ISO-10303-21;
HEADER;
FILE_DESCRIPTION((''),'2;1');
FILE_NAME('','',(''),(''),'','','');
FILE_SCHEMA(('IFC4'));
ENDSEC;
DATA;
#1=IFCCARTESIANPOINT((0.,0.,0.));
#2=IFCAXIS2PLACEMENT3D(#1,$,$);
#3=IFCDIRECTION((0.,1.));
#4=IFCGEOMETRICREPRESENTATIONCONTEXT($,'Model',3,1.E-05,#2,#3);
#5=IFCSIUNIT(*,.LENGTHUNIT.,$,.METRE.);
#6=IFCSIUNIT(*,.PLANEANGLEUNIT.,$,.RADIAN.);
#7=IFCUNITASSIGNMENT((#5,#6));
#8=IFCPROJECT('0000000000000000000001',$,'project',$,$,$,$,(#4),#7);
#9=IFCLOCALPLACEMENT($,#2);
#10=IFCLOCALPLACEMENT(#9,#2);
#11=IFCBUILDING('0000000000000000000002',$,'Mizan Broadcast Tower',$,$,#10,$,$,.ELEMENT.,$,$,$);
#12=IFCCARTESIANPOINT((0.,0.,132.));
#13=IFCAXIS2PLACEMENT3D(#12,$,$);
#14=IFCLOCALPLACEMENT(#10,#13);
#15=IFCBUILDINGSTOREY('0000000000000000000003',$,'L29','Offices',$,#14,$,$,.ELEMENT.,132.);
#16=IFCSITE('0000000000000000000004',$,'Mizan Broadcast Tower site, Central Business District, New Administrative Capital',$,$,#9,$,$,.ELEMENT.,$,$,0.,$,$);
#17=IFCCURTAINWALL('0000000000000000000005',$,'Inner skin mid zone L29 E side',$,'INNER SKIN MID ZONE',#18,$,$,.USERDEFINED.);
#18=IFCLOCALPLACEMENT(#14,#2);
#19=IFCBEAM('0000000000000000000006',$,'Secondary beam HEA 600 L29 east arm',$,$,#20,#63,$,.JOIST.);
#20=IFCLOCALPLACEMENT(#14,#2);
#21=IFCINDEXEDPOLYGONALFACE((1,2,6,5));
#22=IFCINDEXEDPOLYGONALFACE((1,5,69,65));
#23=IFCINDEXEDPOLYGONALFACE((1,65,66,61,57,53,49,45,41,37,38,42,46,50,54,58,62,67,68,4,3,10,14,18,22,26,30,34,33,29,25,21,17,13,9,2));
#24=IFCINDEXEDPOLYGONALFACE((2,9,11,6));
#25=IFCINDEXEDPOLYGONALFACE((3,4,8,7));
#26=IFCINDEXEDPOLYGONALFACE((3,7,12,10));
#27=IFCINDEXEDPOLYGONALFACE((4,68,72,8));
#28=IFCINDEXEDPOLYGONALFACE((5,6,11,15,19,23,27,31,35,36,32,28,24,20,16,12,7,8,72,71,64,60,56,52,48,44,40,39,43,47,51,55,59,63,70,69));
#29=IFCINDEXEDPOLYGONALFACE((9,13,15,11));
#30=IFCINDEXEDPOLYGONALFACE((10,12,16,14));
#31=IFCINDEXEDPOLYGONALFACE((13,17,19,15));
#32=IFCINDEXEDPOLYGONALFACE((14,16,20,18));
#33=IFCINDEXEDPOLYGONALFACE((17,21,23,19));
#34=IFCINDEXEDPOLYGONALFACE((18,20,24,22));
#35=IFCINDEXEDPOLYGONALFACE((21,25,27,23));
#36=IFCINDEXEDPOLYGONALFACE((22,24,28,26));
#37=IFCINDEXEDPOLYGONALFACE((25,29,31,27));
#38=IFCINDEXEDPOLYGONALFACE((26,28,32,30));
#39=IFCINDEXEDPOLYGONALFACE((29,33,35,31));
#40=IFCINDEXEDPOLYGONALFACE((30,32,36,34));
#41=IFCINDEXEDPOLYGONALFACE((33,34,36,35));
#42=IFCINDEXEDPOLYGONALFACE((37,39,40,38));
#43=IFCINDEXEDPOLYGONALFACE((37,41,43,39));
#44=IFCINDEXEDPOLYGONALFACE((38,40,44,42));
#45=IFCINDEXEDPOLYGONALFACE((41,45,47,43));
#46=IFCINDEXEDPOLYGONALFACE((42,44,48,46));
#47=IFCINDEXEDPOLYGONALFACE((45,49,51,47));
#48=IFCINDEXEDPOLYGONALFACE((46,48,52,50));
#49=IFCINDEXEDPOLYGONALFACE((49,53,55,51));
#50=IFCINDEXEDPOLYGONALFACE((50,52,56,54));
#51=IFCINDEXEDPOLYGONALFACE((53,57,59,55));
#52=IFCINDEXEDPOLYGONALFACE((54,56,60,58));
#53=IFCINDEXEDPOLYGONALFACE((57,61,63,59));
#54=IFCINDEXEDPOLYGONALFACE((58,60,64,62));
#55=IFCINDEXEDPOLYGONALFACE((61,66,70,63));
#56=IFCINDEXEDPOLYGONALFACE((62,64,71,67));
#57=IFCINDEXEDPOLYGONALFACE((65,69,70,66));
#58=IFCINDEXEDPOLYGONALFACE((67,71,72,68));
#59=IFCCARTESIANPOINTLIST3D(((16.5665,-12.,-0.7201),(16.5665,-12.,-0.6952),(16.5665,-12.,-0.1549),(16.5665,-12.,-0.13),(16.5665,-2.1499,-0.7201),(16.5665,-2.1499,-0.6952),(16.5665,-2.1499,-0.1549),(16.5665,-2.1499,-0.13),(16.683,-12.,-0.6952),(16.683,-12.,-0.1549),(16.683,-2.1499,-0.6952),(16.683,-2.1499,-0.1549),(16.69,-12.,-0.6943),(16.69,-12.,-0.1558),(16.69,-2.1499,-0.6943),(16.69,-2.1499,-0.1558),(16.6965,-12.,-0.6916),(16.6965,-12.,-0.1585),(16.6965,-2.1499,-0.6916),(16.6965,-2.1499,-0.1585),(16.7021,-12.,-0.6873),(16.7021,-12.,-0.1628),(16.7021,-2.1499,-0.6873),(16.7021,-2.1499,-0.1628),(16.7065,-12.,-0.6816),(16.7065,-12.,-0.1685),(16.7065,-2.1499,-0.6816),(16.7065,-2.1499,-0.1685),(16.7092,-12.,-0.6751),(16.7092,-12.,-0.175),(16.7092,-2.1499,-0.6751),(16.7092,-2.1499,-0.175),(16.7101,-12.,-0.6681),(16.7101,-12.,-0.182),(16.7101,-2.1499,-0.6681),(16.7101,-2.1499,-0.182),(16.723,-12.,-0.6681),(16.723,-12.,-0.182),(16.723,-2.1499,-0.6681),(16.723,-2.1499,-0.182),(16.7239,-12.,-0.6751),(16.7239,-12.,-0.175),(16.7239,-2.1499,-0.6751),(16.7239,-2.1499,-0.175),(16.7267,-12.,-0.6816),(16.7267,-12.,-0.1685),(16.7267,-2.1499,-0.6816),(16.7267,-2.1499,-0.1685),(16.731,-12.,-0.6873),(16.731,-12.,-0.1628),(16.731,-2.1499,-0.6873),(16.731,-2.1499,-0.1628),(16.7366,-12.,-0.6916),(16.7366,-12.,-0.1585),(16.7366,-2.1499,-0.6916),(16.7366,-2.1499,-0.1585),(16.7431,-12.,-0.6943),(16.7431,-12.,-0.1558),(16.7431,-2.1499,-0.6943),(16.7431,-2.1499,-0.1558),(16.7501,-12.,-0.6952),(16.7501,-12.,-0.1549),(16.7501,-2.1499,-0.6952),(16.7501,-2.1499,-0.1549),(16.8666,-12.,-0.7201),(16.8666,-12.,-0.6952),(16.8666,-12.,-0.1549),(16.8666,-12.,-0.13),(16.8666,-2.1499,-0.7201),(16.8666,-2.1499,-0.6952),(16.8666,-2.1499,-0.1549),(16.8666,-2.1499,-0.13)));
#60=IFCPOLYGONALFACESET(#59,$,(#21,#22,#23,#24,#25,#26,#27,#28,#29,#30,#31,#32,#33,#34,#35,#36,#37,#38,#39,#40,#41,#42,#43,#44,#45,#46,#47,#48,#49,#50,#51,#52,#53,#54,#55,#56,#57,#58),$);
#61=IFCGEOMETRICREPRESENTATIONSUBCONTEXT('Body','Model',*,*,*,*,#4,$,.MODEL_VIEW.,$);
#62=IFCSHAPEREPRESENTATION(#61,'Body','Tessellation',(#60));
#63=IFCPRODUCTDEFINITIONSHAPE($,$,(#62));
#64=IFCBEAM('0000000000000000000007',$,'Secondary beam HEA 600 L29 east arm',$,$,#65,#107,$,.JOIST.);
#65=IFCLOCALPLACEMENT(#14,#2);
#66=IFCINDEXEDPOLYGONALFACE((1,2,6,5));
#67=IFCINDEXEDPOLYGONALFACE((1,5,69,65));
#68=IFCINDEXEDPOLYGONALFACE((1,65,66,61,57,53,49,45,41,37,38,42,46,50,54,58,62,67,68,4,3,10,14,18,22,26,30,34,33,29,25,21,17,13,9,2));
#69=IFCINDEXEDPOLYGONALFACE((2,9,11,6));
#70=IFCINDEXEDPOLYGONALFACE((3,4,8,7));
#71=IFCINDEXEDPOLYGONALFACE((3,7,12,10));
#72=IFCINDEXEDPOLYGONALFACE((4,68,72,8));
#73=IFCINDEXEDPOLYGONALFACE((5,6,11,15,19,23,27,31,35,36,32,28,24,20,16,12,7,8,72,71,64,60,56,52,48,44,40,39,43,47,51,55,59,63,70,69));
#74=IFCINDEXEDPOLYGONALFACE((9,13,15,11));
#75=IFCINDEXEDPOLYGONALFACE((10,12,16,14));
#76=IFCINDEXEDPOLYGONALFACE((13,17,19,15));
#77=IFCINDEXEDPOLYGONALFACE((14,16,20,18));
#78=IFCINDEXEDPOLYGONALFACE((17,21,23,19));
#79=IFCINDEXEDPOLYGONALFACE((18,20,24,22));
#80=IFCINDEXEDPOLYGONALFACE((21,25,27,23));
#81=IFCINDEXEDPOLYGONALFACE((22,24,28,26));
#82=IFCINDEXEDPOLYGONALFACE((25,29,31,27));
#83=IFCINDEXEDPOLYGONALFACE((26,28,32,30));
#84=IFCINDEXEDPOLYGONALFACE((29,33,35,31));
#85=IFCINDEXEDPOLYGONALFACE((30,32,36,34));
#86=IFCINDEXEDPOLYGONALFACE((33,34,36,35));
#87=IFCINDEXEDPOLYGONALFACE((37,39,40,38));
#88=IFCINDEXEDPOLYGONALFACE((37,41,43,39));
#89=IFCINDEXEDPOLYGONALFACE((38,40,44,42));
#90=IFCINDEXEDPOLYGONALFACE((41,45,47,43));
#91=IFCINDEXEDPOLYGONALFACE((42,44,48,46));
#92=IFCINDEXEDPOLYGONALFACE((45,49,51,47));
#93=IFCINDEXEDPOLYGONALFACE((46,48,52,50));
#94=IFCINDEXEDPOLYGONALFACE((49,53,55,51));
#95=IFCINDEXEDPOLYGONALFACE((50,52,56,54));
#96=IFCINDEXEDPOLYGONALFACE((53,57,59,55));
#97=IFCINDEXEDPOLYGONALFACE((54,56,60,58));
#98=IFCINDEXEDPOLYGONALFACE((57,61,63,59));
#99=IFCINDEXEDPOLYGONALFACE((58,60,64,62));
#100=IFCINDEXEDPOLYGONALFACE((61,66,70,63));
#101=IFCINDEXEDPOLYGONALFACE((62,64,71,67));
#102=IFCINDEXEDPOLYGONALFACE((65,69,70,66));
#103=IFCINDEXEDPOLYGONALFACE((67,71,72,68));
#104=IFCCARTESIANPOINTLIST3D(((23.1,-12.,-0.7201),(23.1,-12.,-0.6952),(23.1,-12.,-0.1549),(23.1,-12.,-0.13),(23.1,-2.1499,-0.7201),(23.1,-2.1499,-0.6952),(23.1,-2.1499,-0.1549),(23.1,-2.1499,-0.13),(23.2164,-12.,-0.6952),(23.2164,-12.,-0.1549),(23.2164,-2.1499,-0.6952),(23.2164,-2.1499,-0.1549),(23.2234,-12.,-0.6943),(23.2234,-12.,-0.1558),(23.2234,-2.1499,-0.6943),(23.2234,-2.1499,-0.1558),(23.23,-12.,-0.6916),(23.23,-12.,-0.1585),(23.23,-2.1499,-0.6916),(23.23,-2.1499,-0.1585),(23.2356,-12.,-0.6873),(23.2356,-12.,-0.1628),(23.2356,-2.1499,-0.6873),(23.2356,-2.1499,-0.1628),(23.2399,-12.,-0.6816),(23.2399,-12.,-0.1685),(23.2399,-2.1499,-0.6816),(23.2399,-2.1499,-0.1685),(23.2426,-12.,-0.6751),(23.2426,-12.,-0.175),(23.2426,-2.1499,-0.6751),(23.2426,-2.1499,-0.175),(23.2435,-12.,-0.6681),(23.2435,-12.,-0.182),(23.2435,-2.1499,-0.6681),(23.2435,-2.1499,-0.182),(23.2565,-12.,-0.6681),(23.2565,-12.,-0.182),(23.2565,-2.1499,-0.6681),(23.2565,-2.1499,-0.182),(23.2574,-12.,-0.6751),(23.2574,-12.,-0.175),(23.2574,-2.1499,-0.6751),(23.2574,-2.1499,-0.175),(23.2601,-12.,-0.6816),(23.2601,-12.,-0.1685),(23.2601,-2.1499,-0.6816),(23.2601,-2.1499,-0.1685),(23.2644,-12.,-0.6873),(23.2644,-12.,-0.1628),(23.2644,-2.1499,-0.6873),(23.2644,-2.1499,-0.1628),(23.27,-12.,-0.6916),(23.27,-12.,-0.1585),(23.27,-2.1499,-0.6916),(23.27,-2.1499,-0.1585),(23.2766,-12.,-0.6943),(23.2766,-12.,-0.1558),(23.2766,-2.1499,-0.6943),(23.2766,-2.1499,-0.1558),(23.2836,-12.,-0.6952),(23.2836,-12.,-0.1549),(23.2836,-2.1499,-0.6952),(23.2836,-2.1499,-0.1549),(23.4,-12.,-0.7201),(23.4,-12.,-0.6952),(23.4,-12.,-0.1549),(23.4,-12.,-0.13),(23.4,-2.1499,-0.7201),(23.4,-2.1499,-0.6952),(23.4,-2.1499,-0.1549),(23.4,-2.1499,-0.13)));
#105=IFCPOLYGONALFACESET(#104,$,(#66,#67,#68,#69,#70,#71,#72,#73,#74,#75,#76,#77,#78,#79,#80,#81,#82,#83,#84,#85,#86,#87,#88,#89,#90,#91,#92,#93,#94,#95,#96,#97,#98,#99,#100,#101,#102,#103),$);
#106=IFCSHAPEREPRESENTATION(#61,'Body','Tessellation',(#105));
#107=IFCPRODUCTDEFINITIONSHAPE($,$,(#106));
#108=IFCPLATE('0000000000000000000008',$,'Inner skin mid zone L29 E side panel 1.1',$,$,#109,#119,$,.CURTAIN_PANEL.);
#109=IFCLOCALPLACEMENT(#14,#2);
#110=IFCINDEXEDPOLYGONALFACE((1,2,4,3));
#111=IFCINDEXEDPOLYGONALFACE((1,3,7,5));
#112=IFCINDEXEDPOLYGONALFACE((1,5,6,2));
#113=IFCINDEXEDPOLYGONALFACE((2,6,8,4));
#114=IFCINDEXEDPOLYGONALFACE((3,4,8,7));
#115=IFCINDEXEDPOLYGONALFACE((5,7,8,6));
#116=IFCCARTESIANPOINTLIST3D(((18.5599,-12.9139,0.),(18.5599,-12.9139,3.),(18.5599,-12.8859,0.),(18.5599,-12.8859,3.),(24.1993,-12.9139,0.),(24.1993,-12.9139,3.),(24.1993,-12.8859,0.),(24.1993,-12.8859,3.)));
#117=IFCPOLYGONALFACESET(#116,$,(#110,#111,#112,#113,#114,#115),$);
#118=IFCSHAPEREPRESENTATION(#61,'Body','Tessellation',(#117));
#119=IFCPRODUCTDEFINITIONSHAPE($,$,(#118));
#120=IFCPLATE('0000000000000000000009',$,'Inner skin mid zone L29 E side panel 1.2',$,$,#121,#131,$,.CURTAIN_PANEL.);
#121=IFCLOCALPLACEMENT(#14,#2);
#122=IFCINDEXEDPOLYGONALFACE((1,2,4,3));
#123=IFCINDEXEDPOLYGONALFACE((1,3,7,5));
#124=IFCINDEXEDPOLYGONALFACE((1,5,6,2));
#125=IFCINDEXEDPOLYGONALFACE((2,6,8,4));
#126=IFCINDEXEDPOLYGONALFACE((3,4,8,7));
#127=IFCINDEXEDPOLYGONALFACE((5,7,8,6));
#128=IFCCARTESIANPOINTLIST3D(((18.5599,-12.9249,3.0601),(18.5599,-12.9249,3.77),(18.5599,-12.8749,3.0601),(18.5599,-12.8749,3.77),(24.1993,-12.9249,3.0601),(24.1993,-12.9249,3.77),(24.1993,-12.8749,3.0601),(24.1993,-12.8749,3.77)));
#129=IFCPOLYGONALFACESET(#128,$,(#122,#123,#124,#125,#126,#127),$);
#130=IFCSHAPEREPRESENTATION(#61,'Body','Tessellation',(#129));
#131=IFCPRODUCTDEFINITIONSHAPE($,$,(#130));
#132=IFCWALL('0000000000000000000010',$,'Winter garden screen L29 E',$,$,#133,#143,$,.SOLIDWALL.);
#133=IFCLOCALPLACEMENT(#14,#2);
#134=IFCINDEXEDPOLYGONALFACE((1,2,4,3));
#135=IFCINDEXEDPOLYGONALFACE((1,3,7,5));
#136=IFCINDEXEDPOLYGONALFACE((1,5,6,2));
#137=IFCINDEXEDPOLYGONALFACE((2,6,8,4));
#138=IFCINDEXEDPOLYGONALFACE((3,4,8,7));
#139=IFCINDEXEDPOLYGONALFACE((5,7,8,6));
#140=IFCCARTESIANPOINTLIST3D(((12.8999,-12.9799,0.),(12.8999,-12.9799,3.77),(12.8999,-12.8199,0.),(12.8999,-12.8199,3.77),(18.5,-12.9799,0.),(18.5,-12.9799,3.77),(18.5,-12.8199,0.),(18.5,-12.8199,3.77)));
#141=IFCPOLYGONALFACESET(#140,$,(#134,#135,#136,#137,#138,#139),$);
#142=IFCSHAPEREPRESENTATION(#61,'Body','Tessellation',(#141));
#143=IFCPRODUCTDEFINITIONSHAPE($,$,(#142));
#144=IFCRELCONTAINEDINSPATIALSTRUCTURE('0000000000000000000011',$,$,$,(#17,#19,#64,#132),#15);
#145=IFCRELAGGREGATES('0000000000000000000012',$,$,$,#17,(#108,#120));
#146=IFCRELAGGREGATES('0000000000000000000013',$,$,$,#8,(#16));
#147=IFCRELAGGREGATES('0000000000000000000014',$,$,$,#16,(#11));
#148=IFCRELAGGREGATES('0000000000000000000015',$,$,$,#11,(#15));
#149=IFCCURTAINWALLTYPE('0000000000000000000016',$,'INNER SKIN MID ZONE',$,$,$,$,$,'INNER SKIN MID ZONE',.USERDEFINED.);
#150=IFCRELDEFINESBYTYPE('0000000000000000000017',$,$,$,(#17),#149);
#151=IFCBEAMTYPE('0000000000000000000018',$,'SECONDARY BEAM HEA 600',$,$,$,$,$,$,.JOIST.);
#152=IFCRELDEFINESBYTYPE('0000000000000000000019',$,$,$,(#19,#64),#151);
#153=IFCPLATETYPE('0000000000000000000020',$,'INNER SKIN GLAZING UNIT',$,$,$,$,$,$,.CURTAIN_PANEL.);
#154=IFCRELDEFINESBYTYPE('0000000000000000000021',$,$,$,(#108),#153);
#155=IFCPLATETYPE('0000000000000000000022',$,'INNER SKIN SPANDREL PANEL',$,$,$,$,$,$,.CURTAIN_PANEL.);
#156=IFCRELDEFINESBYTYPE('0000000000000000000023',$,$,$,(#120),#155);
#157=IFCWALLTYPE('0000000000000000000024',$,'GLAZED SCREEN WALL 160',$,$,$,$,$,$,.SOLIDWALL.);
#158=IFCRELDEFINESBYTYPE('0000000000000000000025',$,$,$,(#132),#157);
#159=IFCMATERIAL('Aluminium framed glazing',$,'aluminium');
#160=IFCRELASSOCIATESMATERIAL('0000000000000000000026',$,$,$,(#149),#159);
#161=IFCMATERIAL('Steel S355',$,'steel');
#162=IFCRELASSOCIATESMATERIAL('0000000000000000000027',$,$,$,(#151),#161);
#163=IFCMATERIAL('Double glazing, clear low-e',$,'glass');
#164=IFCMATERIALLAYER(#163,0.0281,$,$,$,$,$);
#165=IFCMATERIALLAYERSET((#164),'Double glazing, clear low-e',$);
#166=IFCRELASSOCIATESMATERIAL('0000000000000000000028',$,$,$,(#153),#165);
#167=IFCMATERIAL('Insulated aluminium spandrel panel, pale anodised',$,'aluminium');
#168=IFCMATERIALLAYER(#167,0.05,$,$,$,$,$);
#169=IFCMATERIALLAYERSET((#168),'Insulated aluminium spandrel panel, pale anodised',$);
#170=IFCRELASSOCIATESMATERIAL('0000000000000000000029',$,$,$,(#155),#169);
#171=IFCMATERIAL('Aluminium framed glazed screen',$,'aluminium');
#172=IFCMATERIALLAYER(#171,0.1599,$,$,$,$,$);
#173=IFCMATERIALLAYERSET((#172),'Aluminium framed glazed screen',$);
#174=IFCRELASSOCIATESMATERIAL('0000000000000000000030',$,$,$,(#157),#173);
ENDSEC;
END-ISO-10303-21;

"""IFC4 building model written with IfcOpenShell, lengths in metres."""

from ifc_helpers import new_model, si_unit, direction, frame, frame_2d, origin, origin_2d, place, context, subcontext, project, spatial, rectangle, i_section, extrude, material, layer, layer_set, material_profile, profile_set, type_object, element, aggregate, save


model = new_model("IFC4")

# Units and contexts
model_context = context("Model", 3, precision=1e-05, world=origin(), true_north=direction((0.0, 1.0)))
body_context = subcontext(model_context, "Body", "Model", "MODEL_VIEW")
ifc_project = project(units=[si_unit("LENGTHUNIT", "METRE"), si_unit("PLANEANGLEUNIT", "RADIAN")], contexts=[model_context])

# Site, building, storey
site_placement = place(None, origin())
site = spatial("IfcSite", under=ifc_project, at=site_placement, Name="Mizan Broadcast Tower site, Central Business District, New Administrative Capital", CompositionType="ELEMENT", RefElevation=0.0)
building_placement = place(site_placement, origin())
building = spatial("IfcBuilding", under=site, at=building_placement, Name="Mizan Broadcast Tower", CompositionType="ELEMENT")
storey_placement = place(building_placement, frame((0.0, 0.0, 132.0)))
storey = spatial("IfcBuildingStorey", under=building, at=storey_placement, Name="L29", Description="Offices", CompositionType="ELEMENT", Elevation=132.0)

# Curtain wall
ifc_material_1 = material(Name="Aluminium framed glazing", Category="aluminium")
curtain_wall_type_1 = type_object("IfcCurtainWallType", Name="INNER SKIN MID ZONE", ElementType="INNER SKIN MID ZONE", PredefinedType="USERDEFINED", material=ifc_material_1)
curtain_wall_1_placement = place(storey_placement, origin())
curtain_wall_1 = element("IfcCurtainWall", 1, at=curtain_wall_1_placement, inside=storey, type_object=curtain_wall_type_1, Name="Inner skin mid zone L29 E side", ObjectType="INNER SKIN MID ZONE", PredefinedType="USERDEFINED")

# Beams
ifc_material_2 = material(Name="Steel S355", Category="steel")
ifc_material_profile_1 = material_profile(ifc_material_2, i_section(OverallWidth=0.3, OverallDepth=0.5901, WebThickness=0.0129, FlangeThickness=0.0249, FilletRadius=0.0271, at=origin_2d()), Name="HEA 600")
ifc_profile_set_1 = profile_set([ifc_material_profile_1], Name="Steel S355")
beam_type_1 = type_object("IfcBeamType", Name="SECONDARY BEAM HEA 600", PredefinedType="JOIST", material=ifc_profile_set_1)
for number, where, z_axis, x_axis, name in (
    (2, (16.7166, -12.0, -0.425), (0.0, 1.0, 0.0), (-1.0, 0.0, 0.0), "Secondary beam HEA 600 L29 east arm"),
    (3, (23.25, -12.0, -0.425), (0.0, 1.0, 0.0), (-1.0, 0.0, 0.0), "Secondary beam HEA 600 L29 east arm"),
):
    element("IfcBeam", number, at=place(storey_placement, frame(where, z_axis=z_axis, x_axis=x_axis)), inside=storey, type_object=beam_type_1, Name=name, PredefinedType="JOIST", context=body_context, shape_type="SweptSolid", body=[
        extrude(i_section(OverallWidth=0.3, OverallDepth=0.5901, WebThickness=0.0129, FlangeThickness=0.0249, FilletRadius=0.0271, at=origin_2d()), origin(), (0.0, 0.0, 1.0), 9.8501),
    ])

# Plates
ifc_material_3 = material(Name="Double glazing, clear low-e", Category="glass")
ifc_layer_1 = layer(ifc_material_3, 0.0281)
ifc_layer_set_1 = layer_set([ifc_layer_1], Name="Double glazing, clear low-e")
plate_type_1 = type_object("IfcPlateType", Name="INNER SKIN GLAZING UNIT", PredefinedType="CURTAIN_PANEL", material=ifc_layer_set_1)
plate_1_placement = place(storey_placement, frame((21.3796, -12.8999, 0.0), z_axis=(0.0, 0.0, 1.0), x_axis=(1.0, 0.0, 0.0)))
plate_1 = element("IfcPlate", 4, at=plate_1_placement, type_object=plate_type_1, Name="Inner skin mid zone L29 E side panel 1.1", PredefinedType="CURTAIN_PANEL", context=body_context, shape_type="SweptSolid", body=[
    extrude(rectangle(XDim=5.6394, YDim=0.0281, at=origin_2d()), origin(), (0.0, 0.0, 1.0), 3.0),
])
ifc_material_4 = material(Name="Insulated aluminium spandrel panel, pale anodised", Category="aluminium")
ifc_layer_2 = layer(ifc_material_4, 0.05)
ifc_layer_set_2 = layer_set([ifc_layer_2], Name="Insulated aluminium spandrel panel, pale anodised")
plate_type_2 = type_object("IfcPlateType", Name="INNER SKIN SPANDREL PANEL", PredefinedType="CURTAIN_PANEL", material=ifc_layer_set_2)
plate_2_placement = place(storey_placement, frame((21.3796, -12.8999, 3.0601), z_axis=(0.0, 0.0, 1.0), x_axis=(1.0, 0.0, 0.0)))
plate_2 = element("IfcPlate", 5, at=plate_2_placement, type_object=plate_type_2, Name="Inner skin mid zone L29 E side panel 1.2", PredefinedType="CURTAIN_PANEL", context=body_context, shape_type="SweptSolid", body=[
    extrude(rectangle(XDim=5.6394, YDim=0.05, at=origin_2d()), origin(), (0.0, 0.0, 1.0), 0.71),
])
aggregate(curtain_wall_1, [plate_1, plate_2])

# Wall
ifc_material_5 = material(Name="Aluminium framed glazed screen", Category="aluminium")
ifc_layer_3 = layer(ifc_material_5, 0.1599)
ifc_layer_set_3 = layer_set([ifc_layer_3], Name="Aluminium framed glazed screen")
wall_type_1 = type_object("IfcWallType", Name="GLAZED SCREEN WALL 160", PredefinedType="SOLIDWALL", material=ifc_layer_set_3)
wall_1_placement = place(storey_placement, frame((12.8999, -12.8999, 0.0), z_axis=(0.0, 0.0, 1.0), x_axis=(1.0, 0.0, 0.0)))
element("IfcWall", 6, at=wall_1_placement, inside=storey, type_object=wall_type_1, Name="Winter garden screen L29 E", PredefinedType="SOLIDWALL", context=body_context, shape_type="SweptSolid", body=[
    extrude(rectangle(XDim=5.6001, YDim=0.1599, at=frame_2d((2.8, 0.0))), origin(), (0.0, 0.0, 1.0), 3.77),
])

save(model, "model.ifc")
